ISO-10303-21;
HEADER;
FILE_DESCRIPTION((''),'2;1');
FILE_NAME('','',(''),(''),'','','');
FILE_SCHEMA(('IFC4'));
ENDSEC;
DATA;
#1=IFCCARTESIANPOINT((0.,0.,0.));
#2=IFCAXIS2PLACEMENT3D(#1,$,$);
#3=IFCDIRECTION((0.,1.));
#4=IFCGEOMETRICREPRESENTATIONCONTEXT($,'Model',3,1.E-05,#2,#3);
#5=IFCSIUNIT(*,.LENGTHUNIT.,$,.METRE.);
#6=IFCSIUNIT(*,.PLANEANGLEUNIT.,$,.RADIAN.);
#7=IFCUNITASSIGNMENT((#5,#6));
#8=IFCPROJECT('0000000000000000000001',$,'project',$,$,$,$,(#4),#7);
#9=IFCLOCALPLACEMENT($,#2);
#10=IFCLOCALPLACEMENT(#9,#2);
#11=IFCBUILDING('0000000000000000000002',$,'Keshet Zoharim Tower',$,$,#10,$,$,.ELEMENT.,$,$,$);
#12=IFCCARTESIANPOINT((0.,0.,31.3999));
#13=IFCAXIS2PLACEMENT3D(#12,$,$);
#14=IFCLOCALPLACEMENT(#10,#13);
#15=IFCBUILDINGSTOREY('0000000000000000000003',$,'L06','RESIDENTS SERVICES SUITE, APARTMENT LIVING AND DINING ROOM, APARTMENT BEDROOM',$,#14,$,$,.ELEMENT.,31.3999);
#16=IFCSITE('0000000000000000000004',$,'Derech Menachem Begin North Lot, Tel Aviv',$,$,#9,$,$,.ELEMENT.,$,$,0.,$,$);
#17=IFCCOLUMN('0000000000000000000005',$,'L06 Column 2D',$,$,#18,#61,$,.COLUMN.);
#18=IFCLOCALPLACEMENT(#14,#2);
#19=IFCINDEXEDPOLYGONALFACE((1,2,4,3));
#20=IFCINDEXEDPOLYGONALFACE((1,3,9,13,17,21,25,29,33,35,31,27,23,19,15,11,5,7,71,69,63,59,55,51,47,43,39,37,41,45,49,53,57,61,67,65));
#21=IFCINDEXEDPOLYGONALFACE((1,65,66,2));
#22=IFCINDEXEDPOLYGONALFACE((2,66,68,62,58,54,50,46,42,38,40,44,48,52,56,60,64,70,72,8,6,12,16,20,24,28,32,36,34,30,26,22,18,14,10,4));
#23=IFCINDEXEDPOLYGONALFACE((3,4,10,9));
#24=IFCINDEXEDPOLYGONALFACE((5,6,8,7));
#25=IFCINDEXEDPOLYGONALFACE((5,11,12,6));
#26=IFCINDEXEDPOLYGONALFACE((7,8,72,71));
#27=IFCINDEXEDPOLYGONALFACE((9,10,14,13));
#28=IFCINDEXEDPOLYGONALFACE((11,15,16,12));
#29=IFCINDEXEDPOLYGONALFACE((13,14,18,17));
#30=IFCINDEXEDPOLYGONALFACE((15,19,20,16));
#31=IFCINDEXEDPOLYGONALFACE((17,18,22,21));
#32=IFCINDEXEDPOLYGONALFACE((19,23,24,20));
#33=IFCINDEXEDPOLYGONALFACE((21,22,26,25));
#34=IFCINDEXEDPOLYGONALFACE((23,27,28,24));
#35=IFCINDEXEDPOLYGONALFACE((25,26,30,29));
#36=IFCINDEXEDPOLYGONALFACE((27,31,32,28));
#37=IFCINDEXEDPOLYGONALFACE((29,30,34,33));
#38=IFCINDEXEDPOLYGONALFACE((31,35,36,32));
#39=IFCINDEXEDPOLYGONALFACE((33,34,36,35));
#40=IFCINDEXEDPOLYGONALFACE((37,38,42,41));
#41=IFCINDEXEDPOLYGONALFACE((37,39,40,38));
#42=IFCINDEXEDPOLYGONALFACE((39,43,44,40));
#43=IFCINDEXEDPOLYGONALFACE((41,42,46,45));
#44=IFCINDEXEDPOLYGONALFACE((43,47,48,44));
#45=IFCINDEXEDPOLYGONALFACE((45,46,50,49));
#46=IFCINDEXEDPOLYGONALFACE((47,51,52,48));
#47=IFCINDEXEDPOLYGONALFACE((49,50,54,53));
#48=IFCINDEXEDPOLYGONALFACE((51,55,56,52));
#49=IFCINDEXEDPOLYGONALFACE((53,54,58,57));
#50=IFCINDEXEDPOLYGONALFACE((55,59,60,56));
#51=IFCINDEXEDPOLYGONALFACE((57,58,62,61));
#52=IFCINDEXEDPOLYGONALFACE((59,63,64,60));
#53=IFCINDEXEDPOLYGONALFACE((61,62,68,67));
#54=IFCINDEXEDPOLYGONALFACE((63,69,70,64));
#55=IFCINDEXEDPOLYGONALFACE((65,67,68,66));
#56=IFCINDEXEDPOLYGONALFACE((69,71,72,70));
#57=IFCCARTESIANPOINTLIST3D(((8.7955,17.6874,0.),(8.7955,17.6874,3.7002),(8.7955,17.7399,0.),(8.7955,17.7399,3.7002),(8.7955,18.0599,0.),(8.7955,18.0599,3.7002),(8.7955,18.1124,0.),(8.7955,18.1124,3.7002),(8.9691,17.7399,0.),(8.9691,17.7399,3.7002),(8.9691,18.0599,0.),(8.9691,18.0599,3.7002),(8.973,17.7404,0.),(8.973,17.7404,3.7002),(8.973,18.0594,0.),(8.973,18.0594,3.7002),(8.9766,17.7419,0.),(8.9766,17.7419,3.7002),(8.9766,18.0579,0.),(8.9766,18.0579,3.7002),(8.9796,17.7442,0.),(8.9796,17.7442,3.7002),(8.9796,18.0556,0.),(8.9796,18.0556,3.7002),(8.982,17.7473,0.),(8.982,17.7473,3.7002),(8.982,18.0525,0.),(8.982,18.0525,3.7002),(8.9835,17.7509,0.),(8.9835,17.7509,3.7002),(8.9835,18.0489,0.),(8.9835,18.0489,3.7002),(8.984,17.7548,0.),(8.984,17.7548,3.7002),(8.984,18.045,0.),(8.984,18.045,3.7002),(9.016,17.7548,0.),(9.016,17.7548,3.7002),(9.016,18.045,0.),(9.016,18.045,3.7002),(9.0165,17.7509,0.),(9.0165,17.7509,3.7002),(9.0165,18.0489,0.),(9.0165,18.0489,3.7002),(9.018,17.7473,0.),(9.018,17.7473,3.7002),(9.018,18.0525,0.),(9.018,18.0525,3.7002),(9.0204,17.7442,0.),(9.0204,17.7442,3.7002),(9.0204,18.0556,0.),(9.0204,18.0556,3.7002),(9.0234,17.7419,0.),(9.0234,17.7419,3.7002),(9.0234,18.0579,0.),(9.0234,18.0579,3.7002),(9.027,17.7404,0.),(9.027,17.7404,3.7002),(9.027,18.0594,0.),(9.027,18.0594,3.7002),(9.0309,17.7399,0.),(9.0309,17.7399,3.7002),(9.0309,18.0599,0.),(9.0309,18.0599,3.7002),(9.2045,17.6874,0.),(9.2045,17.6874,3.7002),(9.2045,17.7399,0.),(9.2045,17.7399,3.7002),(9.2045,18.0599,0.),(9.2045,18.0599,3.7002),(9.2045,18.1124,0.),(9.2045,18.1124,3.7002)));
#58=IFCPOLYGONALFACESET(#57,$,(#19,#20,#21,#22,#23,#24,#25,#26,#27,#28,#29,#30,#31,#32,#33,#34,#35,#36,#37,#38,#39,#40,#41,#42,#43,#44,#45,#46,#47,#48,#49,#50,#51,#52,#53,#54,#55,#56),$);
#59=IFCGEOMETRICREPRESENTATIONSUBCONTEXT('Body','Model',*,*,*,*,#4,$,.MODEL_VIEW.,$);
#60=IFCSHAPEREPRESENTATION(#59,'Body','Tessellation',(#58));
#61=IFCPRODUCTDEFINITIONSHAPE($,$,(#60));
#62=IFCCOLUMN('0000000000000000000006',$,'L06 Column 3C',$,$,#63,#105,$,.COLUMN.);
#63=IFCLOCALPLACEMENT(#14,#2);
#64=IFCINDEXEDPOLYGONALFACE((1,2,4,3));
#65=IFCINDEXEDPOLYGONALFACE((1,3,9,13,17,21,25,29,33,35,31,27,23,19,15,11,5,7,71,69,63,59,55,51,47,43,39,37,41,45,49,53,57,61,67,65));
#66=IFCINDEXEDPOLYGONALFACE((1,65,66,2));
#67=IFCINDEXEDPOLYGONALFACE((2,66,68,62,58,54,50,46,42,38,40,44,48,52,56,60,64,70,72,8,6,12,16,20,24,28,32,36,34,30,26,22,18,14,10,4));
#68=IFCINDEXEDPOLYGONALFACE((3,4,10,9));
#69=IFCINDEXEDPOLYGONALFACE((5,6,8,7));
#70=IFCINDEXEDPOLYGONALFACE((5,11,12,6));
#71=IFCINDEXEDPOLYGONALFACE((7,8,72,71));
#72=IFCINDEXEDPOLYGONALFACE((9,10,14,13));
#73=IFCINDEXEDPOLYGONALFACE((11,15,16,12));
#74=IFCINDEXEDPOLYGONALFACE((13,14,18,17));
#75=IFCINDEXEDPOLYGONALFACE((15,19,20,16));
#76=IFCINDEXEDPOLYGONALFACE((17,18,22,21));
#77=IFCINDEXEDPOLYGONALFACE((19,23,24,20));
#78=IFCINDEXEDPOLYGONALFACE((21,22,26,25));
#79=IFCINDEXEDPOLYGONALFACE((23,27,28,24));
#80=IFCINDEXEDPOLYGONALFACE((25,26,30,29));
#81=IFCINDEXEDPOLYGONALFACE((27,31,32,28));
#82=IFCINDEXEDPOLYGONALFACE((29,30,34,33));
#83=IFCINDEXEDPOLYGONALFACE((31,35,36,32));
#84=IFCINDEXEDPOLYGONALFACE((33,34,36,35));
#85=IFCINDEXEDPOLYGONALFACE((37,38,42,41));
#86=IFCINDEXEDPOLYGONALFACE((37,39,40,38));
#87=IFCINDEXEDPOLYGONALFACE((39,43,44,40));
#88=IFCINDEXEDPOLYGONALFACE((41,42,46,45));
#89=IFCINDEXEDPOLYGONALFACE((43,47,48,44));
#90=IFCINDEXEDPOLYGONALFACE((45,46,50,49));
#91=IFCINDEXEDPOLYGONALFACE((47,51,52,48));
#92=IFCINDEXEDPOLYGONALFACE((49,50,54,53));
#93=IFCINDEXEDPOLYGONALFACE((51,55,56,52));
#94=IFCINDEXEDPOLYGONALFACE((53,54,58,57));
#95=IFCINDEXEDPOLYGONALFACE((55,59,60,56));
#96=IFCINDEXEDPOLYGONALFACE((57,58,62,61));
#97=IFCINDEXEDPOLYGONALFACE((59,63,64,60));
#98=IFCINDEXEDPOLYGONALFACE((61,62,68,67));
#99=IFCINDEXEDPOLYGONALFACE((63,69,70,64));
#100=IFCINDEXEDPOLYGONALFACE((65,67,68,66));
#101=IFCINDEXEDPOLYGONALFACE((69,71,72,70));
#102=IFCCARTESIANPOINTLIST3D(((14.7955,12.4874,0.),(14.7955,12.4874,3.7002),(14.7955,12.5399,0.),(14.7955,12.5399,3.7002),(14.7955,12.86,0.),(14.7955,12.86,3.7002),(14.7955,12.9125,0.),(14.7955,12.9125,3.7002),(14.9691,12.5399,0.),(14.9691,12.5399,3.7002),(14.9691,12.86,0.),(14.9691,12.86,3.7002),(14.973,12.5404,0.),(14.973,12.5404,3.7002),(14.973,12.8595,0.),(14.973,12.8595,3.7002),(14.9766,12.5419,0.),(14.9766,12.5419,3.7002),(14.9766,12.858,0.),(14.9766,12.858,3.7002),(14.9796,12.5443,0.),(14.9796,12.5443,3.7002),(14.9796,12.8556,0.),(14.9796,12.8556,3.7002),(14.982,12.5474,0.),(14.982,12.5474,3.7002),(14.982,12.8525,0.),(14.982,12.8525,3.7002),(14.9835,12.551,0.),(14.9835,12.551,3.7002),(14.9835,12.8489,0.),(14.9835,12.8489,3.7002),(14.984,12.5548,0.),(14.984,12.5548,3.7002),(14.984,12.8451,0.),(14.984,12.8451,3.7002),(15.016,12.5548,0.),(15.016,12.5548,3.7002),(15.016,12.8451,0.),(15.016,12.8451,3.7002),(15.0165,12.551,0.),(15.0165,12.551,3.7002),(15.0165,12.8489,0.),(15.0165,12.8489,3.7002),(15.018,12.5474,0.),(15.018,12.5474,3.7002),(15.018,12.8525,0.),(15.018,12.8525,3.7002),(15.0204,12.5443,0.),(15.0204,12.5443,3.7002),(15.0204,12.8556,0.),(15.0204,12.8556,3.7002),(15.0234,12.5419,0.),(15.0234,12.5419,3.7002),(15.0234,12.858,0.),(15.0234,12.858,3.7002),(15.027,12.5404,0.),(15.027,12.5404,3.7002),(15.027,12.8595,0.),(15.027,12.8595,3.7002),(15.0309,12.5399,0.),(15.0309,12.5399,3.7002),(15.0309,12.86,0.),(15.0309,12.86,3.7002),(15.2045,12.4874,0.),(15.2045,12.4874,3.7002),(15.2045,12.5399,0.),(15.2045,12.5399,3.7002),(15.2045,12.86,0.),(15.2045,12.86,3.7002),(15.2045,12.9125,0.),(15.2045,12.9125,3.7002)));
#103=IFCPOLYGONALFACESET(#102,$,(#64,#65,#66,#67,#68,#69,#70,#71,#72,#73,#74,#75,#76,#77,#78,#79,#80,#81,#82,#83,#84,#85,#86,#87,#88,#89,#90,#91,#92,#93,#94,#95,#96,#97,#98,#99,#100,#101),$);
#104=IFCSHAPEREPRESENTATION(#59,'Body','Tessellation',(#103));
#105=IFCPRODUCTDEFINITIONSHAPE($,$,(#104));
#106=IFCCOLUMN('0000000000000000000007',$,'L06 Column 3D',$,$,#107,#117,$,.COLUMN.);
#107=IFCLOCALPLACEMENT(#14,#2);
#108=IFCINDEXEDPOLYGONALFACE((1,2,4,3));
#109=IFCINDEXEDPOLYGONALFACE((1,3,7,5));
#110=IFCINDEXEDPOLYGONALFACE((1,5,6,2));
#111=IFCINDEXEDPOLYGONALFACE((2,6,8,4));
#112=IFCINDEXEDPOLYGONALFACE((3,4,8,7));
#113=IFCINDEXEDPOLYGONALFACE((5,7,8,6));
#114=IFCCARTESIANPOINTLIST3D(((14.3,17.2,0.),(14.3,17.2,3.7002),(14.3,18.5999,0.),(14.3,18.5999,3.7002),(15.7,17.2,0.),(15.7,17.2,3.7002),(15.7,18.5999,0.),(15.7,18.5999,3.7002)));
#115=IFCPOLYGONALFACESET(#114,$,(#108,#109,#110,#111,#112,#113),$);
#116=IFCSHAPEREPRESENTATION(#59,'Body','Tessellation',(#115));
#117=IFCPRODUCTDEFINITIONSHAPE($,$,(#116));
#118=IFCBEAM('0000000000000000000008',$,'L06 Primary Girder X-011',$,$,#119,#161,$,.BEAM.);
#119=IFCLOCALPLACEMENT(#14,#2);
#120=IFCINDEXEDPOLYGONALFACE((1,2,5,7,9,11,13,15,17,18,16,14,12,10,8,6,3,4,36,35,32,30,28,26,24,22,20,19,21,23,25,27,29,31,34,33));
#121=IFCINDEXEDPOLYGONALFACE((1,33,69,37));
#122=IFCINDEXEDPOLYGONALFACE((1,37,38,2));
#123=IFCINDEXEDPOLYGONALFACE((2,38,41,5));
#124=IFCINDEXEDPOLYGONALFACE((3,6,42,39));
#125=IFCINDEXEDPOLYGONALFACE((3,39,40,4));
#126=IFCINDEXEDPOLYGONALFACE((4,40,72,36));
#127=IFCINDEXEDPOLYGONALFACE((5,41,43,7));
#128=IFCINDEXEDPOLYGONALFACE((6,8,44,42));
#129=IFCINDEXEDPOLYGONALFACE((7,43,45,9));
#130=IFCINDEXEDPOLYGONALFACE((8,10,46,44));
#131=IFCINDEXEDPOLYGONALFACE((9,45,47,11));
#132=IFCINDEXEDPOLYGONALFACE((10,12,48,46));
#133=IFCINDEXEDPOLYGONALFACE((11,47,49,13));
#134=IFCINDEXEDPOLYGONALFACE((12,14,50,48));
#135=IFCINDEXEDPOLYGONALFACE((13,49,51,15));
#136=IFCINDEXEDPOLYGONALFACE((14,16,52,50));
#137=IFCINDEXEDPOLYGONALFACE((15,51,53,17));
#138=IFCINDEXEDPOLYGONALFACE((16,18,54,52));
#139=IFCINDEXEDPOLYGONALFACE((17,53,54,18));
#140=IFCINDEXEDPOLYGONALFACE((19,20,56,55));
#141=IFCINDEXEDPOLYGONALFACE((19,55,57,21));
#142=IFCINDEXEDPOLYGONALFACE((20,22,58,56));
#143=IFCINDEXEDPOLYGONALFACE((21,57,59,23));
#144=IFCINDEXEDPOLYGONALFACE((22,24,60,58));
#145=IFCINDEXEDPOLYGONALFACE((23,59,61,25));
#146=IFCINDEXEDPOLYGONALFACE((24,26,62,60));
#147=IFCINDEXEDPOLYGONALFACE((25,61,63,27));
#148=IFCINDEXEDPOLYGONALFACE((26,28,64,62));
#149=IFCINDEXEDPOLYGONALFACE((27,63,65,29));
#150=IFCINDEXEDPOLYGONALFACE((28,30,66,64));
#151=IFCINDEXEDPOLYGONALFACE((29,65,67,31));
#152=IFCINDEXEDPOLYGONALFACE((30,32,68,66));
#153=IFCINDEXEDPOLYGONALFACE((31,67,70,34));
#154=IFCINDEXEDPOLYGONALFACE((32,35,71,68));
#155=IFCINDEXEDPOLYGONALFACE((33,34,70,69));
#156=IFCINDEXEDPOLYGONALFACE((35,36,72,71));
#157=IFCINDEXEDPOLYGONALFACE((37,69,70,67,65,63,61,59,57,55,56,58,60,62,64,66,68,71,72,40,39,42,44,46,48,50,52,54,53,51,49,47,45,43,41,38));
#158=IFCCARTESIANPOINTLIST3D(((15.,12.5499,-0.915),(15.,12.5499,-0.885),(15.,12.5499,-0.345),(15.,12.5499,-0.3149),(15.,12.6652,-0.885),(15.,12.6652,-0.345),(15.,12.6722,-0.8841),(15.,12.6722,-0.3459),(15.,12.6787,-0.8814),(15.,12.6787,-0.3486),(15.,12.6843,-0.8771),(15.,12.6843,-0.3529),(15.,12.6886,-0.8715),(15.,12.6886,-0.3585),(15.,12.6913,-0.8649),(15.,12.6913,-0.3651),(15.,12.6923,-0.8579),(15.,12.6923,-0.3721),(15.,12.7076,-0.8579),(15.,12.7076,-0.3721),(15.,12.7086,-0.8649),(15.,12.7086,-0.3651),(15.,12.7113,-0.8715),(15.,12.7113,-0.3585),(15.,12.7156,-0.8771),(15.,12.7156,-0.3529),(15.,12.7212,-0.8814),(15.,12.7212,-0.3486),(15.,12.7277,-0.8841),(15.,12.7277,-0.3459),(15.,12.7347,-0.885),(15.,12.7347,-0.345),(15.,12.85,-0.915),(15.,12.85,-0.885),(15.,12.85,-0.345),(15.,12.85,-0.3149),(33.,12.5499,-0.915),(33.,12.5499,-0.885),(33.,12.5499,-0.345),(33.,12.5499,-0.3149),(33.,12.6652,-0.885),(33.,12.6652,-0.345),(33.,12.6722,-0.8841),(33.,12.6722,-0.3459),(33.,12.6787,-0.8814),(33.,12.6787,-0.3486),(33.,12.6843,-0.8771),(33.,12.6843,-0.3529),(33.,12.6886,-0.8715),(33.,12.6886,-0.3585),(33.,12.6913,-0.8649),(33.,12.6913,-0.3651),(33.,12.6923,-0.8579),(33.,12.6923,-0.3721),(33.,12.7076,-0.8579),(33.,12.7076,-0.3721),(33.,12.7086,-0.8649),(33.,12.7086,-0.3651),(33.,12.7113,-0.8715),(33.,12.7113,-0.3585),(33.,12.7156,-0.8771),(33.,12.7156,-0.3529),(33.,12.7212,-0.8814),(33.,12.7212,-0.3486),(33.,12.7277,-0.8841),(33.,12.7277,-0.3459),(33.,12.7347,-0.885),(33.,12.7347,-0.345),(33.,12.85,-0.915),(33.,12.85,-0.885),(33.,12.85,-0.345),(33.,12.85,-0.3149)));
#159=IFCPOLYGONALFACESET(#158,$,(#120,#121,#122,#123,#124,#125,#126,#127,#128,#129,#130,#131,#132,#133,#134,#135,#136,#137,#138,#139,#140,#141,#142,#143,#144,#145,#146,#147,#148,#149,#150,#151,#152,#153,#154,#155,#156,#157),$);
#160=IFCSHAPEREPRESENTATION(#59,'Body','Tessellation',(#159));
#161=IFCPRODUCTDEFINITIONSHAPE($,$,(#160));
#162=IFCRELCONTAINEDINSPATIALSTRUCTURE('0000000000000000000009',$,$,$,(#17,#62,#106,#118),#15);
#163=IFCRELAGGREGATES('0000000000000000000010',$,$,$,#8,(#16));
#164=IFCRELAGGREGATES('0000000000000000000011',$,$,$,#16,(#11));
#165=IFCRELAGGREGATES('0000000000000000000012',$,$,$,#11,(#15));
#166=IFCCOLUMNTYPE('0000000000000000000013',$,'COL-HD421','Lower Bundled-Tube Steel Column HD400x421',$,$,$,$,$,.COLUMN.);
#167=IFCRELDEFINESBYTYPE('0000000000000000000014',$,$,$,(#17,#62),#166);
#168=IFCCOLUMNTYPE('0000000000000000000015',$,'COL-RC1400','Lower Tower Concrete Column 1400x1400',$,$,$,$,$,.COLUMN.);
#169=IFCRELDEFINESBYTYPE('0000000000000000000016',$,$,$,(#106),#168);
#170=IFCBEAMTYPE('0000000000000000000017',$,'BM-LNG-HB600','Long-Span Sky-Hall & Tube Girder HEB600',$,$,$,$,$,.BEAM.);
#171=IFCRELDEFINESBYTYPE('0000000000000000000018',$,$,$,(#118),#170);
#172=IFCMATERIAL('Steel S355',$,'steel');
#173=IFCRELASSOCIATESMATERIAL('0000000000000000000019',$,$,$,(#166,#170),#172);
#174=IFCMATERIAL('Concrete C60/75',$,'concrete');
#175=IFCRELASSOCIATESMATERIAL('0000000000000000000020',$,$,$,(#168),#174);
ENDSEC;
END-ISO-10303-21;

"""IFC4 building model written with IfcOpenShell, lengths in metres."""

from ifc_helpers import new_model, si_unit, direction, frame, origin, origin_2d, place, context, subcontext, project, spatial, rectangle, i_section, extrude, material, material_profile, profile_set, type_object, element, save


model = new_model("IFC4")

# Units and contexts
model_context = context("Model", 3, precision=1e-05, world=origin(), true_north=direction((0.0, 1.0)))
body_context = subcontext(model_context, "Body", "Model", "MODEL_VIEW")
ifc_project = project(units=[si_unit("LENGTHUNIT", "METRE"), si_unit("PLANEANGLEUNIT", "RADIAN")], contexts=[model_context])

# Site, building, storey
site_placement = place(None, origin())
site = spatial("IfcSite", under=ifc_project, at=site_placement, Name="Derech Menachem Begin North Lot, Tel Aviv", CompositionType="ELEMENT", RefElevation=0.0)
building_placement = place(site_placement, origin())
building = spatial("IfcBuilding", under=site, at=building_placement, Name="Keshet Zoharim Tower", CompositionType="ELEMENT")
storey_placement = place(building_placement, frame((0.0, 0.0, 31.3999)))
storey = spatial("IfcBuildingStorey", under=building, at=storey_placement, Name="L06", Description="RESIDENTS SERVICES SUITE, APARTMENT LIVING AND DINING ROOM, APARTMENT BEDROOM", CompositionType="ELEMENT", Elevation=31.3999)

# Columns
ifc_material_1 = material(Name="Steel S355", Category="steel")
ifc_material_profile_1 = material_profile(ifc_material_1, i_section(OverallWidth=0.4089, OverallDepth=0.425, WebThickness=0.032, FlangeThickness=0.0525, FilletRadius=0.0149, at=origin_2d()), Name="HD400x421")
ifc_profile_set_1 = profile_set([ifc_material_profile_1], Name="Steel S355")
column_type_1 = type_object("IfcColumnType", Name="COL-HD421", Description="Lower Bundled-Tube Steel Column HD400x421", PredefinedType="COLUMN", material=ifc_profile_set_1)
for number, where, z_axis, x_axis, name in (
    (1, (9.0, 17.8999, 0.0), (0.0, 0.0, 1.0), (1.0, 0.0, 0.0), "L06 Column 2D"),
    (2, (15.0, 12.7, 0.0), (0.0, 0.0, 1.0), (1.0, 0.0, 0.0), "L06 Column 3C"),
):
    element("IfcColumn", number, at=place(storey_placement, frame(where, z_axis=z_axis, x_axis=x_axis)), inside=storey, type_object=column_type_1, Name=name, PredefinedType="COLUMN", context=body_context, shape_type="SweptSolid", body=[
        extrude(i_section(OverallWidth=0.4089, OverallDepth=0.425, WebThickness=0.032, FlangeThickness=0.0525, FilletRadius=0.0149, at=origin_2d()), origin(), (0.0, 0.0, 1.0), 3.7002),
    ])
ifc_material_2 = material(Name="Concrete C60/75", Category="concrete")
ifc_material_profile_2 = material_profile(ifc_material_2, rectangle(XDim=1.3999, YDim=1.3999, at=origin_2d()), Name="RC1400x1400")
ifc_profile_set_2 = profile_set([ifc_material_profile_2], Name="Concrete C60/75")
column_type_2 = type_object("IfcColumnType", Name="COL-RC1400", Description="Lower Tower Concrete Column 1400x1400", PredefinedType="COLUMN", material=ifc_profile_set_2)
column_placement = place(storey_placement, frame((15.0, 17.8999, 0.0), z_axis=(0.0, 0.0, 1.0), x_axis=(1.0, 0.0, 0.0)))
element("IfcColumn", 3, at=column_placement, inside=storey, type_object=column_type_2, Name="L06 Column 3D", PredefinedType="COLUMN", context=body_context, shape_type="SweptSolid", body=[
    extrude(rectangle(XDim=1.3999, YDim=1.3999, at=origin_2d()), origin(), (0.0, 0.0, 1.0), 3.7002),
])

# Beam
ifc_material_profile_3 = material_profile(ifc_material_1, i_section(OverallWidth=0.3, OverallDepth=0.6001, WebThickness=0.0154, FlangeThickness=0.03, FilletRadius=0.0271, at=origin_2d()), Name="HEB600")
ifc_profile_set_3 = profile_set([ifc_material_profile_3], Name="Steel S355")
beam_type_1 = type_object("IfcBeamType", Name="BM-LNG-HB600", Description="Long-Span Sky-Hall & Tube Girder HEB600", PredefinedType="BEAM", material=ifc_profile_set_3)
beam_1_placement = place(storey_placement, frame((15.0, 12.7, -0.615), z_axis=(1.0, 0.0, 0.0), x_axis=(0.0, 1.0, 0.0)))
element("IfcBeam", 4, at=beam_1_placement, inside=storey, type_object=beam_type_1, Name="L06 Primary Girder X-011", PredefinedType="BEAM", context=body_context, shape_type="SweptSolid", body=[
    extrude(i_section(OverallWidth=0.3, OverallDepth=0.6001, WebThickness=0.0154, FlangeThickness=0.03, FilletRadius=0.0271, at=origin_2d()), origin(), (0.0, 0.0, 1.0), 18.0),
])

save(model, "model.ifc")
